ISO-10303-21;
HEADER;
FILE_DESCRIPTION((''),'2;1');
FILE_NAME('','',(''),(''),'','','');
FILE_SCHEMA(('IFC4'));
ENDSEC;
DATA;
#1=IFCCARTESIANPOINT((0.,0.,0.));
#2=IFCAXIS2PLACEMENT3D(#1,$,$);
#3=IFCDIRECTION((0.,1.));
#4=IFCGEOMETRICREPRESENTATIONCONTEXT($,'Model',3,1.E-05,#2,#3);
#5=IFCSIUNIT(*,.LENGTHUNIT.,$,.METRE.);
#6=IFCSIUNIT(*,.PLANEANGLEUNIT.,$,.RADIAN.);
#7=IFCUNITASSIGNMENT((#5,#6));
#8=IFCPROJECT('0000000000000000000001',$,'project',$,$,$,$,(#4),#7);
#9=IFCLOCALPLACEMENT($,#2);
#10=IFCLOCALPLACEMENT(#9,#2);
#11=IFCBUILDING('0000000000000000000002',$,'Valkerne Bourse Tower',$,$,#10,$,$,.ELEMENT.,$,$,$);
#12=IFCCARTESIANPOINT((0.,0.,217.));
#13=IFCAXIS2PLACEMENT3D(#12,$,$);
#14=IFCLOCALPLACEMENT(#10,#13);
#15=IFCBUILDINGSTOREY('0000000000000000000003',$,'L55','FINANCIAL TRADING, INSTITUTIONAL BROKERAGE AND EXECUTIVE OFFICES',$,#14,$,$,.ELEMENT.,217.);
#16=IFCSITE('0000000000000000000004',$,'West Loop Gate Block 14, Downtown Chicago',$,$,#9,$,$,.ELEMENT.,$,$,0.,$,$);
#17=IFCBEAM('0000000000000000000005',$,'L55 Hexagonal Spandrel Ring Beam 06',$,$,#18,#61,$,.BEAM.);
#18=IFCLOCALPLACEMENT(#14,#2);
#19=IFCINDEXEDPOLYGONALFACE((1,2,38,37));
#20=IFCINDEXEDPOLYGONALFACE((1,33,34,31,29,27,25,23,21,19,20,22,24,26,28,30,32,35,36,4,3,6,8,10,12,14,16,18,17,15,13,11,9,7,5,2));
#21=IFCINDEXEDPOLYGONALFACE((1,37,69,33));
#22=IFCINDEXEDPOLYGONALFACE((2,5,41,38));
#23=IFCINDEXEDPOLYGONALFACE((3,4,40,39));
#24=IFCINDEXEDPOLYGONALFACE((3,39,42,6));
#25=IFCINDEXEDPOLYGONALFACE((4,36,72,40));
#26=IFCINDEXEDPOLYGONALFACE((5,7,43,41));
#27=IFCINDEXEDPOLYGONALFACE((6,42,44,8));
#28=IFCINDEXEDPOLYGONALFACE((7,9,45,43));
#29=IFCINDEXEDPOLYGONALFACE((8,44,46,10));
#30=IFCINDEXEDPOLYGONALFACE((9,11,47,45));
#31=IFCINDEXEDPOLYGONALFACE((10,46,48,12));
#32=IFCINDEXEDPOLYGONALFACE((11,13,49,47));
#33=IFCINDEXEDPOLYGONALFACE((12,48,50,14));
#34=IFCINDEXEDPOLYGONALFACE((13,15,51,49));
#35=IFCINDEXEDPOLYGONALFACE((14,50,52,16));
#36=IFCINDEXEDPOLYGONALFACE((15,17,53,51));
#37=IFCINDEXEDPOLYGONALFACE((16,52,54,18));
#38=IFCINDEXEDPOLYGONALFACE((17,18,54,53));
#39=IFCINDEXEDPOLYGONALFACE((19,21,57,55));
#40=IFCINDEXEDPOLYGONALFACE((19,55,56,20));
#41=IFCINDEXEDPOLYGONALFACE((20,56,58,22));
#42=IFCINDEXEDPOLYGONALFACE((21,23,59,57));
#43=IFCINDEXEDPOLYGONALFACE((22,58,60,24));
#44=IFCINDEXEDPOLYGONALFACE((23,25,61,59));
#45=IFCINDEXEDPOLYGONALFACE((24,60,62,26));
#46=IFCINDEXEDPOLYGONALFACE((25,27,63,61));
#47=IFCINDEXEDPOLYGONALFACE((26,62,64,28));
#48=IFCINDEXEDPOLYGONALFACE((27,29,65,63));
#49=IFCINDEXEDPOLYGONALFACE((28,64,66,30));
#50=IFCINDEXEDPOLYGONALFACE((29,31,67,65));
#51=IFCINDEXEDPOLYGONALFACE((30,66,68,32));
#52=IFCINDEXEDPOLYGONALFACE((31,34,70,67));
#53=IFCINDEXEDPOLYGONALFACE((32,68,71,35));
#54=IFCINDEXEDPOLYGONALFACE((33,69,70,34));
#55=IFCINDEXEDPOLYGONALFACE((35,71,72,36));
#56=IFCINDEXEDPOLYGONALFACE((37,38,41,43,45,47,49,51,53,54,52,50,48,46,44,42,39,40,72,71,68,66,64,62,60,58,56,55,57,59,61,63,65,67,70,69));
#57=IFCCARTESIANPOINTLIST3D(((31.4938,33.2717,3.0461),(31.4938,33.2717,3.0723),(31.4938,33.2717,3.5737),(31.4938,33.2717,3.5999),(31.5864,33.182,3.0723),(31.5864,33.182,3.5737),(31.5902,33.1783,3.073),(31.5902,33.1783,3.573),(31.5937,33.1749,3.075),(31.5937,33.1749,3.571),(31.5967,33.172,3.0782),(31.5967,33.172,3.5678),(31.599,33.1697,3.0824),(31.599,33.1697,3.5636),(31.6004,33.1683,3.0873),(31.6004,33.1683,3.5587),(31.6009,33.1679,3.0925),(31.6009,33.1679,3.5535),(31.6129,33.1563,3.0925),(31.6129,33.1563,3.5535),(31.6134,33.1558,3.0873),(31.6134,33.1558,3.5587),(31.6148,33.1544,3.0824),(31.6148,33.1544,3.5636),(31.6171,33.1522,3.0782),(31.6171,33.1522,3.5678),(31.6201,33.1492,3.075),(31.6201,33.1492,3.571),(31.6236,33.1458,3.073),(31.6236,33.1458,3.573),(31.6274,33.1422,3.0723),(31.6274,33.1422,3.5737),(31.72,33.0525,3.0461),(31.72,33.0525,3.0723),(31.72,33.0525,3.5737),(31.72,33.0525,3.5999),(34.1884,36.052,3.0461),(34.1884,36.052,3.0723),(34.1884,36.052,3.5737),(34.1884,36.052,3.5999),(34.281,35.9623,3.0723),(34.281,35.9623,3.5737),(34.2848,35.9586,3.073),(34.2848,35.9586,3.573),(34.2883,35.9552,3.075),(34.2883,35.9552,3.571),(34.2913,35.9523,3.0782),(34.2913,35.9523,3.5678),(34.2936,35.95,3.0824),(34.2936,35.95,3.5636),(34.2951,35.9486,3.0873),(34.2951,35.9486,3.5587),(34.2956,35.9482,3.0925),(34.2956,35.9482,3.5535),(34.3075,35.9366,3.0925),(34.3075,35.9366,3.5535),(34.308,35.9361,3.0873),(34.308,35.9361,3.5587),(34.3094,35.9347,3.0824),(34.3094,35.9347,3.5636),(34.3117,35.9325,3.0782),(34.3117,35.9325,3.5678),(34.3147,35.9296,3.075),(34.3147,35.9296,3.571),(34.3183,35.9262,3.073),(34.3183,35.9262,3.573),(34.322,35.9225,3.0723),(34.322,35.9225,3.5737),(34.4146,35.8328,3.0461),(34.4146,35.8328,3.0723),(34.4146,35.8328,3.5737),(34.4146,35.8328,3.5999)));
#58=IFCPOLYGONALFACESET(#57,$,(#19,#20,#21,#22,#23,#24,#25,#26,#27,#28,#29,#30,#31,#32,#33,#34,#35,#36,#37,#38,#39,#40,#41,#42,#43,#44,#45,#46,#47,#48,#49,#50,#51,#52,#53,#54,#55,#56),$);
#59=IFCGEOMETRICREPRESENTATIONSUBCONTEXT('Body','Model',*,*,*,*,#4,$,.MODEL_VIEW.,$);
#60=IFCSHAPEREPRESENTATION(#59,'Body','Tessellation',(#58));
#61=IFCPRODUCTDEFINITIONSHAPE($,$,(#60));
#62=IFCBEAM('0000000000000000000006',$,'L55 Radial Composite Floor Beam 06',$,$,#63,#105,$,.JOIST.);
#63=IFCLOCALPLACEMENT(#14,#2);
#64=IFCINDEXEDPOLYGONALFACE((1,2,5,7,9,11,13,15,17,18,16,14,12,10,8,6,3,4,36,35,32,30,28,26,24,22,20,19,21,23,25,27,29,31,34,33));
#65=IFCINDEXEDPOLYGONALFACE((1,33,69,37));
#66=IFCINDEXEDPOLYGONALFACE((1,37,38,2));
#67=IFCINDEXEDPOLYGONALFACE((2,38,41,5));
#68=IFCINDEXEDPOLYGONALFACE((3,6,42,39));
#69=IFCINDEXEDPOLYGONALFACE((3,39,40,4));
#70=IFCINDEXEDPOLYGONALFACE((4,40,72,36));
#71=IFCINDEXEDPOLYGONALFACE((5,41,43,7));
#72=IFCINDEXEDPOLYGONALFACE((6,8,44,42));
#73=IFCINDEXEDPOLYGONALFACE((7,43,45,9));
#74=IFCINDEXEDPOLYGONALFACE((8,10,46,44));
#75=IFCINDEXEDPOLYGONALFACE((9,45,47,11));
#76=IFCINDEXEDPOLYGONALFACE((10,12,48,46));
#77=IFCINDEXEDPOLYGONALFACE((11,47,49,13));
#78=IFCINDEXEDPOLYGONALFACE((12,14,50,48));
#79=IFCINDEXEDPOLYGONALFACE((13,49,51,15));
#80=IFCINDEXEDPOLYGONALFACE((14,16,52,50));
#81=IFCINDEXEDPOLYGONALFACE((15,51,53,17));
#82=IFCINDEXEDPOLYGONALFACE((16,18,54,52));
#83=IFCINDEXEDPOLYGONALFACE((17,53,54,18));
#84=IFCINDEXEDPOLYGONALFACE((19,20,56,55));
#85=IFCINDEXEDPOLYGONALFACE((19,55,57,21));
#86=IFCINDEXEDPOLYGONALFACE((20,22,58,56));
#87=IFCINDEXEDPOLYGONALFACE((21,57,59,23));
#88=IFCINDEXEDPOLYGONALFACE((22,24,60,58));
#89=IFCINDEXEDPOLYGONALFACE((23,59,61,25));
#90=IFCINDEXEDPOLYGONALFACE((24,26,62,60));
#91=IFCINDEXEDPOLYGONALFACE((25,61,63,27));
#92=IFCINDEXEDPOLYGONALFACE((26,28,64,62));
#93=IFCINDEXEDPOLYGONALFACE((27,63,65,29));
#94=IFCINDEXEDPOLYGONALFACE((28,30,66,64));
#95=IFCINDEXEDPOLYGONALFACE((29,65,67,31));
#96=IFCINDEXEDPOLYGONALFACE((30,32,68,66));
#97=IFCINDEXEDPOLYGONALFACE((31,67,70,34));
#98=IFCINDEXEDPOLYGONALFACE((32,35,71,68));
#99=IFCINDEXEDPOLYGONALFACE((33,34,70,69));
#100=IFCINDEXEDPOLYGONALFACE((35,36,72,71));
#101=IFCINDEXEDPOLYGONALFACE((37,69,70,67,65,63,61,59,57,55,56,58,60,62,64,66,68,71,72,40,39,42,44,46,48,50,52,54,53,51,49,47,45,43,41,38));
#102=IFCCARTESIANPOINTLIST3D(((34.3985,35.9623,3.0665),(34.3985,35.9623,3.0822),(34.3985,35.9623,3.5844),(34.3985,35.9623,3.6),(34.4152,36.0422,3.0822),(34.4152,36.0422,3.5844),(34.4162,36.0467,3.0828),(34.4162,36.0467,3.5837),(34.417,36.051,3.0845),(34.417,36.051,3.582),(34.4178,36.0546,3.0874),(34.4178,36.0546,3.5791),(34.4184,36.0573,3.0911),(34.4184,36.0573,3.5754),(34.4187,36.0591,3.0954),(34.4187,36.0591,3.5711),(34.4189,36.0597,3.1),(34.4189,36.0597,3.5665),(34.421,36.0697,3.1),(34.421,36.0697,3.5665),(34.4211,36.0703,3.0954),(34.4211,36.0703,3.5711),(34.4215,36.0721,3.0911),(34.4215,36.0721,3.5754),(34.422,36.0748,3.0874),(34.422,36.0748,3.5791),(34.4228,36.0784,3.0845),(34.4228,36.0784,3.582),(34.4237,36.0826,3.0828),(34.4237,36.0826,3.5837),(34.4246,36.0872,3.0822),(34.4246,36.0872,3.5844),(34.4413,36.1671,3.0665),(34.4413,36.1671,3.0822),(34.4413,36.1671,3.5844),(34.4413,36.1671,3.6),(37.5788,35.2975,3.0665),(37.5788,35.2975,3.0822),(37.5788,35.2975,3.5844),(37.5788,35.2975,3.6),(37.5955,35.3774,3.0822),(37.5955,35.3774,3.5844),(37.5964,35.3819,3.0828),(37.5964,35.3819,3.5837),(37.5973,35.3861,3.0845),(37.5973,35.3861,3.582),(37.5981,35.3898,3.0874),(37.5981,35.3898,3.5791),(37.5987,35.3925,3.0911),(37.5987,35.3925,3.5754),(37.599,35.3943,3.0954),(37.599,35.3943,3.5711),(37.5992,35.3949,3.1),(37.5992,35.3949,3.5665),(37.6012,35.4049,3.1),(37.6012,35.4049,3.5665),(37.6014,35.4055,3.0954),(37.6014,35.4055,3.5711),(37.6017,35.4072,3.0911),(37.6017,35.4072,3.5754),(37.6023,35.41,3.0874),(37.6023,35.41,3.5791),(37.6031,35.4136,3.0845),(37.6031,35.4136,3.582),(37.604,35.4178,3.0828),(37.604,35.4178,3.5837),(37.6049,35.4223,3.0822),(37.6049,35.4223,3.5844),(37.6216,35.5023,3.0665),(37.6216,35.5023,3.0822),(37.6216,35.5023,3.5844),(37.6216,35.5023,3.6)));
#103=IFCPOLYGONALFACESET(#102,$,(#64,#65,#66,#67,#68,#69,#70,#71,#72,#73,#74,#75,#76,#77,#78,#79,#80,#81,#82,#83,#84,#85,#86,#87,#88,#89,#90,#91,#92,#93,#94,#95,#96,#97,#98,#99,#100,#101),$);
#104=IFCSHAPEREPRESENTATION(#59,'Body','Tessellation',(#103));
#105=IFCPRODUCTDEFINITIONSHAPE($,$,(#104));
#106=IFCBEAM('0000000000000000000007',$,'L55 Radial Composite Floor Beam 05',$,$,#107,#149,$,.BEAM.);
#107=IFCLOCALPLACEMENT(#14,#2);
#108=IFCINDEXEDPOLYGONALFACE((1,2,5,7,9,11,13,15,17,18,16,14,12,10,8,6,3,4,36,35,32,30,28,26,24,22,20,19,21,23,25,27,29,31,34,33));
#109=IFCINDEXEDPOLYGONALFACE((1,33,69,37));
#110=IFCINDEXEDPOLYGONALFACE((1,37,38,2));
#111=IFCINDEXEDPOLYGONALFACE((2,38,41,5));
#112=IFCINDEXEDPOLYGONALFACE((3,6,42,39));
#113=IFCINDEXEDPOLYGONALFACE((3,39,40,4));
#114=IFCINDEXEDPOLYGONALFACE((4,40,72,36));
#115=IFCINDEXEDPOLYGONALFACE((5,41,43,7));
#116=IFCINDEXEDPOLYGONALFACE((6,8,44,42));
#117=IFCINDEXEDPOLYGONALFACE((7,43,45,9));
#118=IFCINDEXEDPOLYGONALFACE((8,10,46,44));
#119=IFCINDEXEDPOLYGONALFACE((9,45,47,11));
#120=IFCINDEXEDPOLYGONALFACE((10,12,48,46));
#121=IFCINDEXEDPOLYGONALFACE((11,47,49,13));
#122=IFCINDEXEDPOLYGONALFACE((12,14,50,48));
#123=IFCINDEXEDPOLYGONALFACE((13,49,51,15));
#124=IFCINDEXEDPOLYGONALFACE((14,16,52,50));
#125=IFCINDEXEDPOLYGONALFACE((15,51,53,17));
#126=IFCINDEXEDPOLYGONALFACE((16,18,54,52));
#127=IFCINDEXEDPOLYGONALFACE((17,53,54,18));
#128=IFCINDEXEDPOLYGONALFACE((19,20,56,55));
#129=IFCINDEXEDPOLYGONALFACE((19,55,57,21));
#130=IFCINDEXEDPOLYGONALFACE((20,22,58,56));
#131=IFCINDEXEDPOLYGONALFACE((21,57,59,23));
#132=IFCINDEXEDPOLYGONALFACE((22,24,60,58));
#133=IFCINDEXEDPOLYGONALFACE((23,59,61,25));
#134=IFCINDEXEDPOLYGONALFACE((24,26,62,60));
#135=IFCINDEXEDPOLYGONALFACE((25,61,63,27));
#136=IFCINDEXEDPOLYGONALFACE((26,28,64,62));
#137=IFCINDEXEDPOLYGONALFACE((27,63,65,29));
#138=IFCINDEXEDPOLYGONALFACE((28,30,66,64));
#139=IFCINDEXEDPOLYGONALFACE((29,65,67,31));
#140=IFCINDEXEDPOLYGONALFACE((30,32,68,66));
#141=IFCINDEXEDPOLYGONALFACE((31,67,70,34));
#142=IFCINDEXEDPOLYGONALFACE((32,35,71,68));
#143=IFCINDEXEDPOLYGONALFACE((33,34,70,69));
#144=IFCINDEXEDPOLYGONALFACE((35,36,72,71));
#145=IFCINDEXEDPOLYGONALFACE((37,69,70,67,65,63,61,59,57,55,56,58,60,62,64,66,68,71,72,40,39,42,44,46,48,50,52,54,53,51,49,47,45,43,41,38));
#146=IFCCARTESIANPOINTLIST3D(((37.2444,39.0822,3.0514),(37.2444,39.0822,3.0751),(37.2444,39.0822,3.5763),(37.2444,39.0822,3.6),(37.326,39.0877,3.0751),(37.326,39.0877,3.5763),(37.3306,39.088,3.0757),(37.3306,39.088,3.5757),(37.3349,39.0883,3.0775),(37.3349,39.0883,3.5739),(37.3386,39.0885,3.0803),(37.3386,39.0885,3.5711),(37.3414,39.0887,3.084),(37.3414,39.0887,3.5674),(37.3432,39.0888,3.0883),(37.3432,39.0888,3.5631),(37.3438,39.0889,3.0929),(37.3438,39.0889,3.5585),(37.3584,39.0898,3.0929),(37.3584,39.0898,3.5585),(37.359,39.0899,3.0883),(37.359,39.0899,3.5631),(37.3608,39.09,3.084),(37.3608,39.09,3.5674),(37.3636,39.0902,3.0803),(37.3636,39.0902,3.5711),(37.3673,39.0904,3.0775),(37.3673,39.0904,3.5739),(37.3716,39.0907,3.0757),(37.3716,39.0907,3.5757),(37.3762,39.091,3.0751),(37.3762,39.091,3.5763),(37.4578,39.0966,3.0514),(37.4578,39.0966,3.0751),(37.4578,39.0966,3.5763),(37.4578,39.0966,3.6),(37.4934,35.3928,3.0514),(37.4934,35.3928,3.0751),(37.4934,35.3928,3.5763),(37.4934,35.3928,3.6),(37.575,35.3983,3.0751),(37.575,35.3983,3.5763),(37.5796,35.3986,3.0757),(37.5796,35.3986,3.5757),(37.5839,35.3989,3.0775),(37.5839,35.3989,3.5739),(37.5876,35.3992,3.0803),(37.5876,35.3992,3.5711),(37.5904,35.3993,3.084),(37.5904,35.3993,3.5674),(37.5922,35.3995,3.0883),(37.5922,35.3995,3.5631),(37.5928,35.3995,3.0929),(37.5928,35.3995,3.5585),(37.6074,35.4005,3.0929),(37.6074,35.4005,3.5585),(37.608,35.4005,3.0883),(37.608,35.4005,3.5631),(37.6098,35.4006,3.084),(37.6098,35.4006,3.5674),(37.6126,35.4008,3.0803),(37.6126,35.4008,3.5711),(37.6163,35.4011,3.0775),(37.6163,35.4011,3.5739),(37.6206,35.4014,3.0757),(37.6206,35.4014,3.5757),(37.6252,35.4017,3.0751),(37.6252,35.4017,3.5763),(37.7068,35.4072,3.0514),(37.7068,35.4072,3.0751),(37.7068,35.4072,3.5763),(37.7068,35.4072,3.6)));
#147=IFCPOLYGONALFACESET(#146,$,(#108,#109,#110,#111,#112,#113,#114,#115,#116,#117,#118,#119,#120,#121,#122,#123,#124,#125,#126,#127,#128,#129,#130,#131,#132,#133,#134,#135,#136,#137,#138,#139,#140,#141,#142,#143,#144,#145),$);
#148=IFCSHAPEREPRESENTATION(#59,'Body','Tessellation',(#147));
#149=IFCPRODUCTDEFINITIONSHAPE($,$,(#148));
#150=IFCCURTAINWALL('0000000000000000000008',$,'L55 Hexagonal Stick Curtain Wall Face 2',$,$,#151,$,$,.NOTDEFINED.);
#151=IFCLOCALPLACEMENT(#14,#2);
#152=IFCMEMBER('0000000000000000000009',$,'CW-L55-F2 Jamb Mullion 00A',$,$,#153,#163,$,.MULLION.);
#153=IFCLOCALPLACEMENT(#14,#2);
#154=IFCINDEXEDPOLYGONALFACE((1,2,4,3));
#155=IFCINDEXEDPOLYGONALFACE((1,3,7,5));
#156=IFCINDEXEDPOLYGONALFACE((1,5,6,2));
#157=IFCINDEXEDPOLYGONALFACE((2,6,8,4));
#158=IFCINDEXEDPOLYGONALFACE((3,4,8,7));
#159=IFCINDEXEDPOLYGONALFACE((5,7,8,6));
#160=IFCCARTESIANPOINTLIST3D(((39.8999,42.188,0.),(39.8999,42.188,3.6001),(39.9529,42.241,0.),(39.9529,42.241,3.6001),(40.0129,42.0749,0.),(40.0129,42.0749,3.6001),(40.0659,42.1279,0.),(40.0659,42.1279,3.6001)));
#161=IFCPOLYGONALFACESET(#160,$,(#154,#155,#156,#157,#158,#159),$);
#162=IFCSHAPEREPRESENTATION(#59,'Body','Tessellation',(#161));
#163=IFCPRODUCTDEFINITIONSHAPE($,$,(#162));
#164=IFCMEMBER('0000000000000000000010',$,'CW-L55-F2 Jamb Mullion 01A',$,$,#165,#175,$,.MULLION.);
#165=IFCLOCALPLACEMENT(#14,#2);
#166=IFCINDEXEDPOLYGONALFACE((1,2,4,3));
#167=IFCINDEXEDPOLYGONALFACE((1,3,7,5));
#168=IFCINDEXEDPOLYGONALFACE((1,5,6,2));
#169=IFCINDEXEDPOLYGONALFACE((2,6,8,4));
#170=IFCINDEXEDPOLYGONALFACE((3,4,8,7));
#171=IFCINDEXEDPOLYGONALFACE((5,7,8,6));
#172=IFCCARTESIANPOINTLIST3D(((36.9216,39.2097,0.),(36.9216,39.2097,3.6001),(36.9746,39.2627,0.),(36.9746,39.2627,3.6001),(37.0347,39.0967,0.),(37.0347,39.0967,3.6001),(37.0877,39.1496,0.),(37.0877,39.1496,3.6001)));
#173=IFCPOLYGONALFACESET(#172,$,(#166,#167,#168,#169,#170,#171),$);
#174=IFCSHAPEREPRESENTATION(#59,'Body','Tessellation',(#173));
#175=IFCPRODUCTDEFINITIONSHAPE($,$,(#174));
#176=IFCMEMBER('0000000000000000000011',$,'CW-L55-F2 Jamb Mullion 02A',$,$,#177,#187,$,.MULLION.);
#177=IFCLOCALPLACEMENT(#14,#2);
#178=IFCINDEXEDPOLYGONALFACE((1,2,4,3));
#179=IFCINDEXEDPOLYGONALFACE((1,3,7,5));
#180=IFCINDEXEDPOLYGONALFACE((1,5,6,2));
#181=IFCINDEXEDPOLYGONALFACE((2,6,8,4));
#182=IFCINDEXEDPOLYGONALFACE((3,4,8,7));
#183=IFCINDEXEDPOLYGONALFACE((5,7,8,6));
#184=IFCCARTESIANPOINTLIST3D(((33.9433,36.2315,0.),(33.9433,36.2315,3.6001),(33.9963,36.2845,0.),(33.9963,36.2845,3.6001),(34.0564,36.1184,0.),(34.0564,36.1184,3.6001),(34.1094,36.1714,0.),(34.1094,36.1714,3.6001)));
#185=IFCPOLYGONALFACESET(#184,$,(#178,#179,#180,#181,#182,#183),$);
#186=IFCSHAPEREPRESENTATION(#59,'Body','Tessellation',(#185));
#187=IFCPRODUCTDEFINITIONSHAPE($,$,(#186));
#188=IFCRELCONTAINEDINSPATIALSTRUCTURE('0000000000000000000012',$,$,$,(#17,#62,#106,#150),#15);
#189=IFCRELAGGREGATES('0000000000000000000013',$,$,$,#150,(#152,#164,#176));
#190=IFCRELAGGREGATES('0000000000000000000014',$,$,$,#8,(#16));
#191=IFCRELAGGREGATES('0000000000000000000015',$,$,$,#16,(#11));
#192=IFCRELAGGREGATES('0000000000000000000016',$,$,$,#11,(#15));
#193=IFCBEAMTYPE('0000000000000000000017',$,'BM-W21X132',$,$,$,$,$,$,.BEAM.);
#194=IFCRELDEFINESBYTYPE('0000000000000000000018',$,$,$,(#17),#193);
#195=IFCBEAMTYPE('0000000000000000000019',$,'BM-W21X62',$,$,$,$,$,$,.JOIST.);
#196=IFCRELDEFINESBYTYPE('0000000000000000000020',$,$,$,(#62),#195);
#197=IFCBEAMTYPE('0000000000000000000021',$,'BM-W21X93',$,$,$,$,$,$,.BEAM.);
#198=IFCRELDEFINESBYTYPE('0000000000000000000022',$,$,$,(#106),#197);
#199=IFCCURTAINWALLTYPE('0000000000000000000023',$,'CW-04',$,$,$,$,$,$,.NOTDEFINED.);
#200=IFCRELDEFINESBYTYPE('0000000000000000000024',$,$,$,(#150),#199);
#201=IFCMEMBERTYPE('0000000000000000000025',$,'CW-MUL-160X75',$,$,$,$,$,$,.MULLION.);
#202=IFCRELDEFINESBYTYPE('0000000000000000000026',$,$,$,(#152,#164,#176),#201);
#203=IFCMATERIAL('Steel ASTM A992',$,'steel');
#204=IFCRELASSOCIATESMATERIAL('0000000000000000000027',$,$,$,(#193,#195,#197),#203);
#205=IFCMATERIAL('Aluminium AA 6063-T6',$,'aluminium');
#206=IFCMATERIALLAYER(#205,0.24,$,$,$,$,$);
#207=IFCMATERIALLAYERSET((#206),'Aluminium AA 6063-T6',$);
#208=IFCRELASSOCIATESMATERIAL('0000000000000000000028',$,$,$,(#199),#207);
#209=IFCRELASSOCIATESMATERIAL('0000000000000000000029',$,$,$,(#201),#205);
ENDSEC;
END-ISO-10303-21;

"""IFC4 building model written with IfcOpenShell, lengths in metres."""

from ifc_helpers import new_model, si_unit, direction, frame, origin, origin_2d, place, context, subcontext, project, spatial, rectangle, i_section, extrude, material, layer, layer_set, material_profile, profile_set, type_object, element, aggregate, save


model = new_model("IFC4")

# Units and contexts
model_context = context("Model", 3, precision=1e-05, world=origin(), true_north=direction((0.0, 1.0)))
body_context = subcontext(model_context, "Body", "Model", "MODEL_VIEW")
ifc_project = project(units=[si_unit("LENGTHUNIT", "METRE"), si_unit("PLANEANGLEUNIT", "RADIAN")], contexts=[model_context])

# Site, building, storey
site_placement = place(None, origin())
site = spatial("IfcSite", under=ifc_project, at=site_placement, Name="West Loop Gate Block 14, Downtown Chicago", CompositionType="ELEMENT", RefElevation=0.0)
building_placement = place(site_placement, origin())
building = spatial("IfcBuilding", under=site, at=building_placement, Name="Valkerne Bourse Tower", CompositionType="ELEMENT")
storey_placement = place(building_placement, frame((0.0, 0.0, 217.0)))
storey = spatial("IfcBuildingStorey", under=building, at=storey_placement, Name="L55", Description="FINANCIAL TRADING, INSTITUTIONAL BROKERAGE AND EXECUTIVE OFFICES", CompositionType="ELEMENT", Elevation=217.0)

# Beams
ifc_material_1 = material(Name="Steel ASTM A992", Category="steel")
ifc_material_profile_1 = material_profile(ifc_material_1, i_section(OverallWidth=0.3149, OverallDepth=0.5537, WebThickness=0.0166, FlangeThickness=0.0261, FilletRadius=0.0203, at=origin_2d()), Name="W21X132")
ifc_profile_set_1 = profile_set([ifc_material_profile_1], Name="Steel ASTM A992")
beam_type_1 = type_object("IfcBeamType", Name="BM-W21X132", PredefinedType="BEAM", material=ifc_profile_set_1)
beam_1_placement = place(storey_placement, frame((34.3015, 35.9424, 3.323), z_axis=(-0.695954, -0.718087, 0.0), x_axis=(0.718087, -0.695954, 0.0)))
element("IfcBeam", 1, at=beam_1_placement, inside=storey, type_object=beam_type_1, Name="L55 Hexagonal Spandrel Ring Beam 06", PredefinedType="BEAM", context=body_context, shape_type="SweptSolid", body=[
    extrude(i_section(OverallWidth=0.3149, OverallDepth=0.5537, WebThickness=0.0166, FlangeThickness=0.0261, FilletRadius=0.0203, at=origin_2d()), origin(), (0.0, 0.0, 1.0), 3.8718),
])
ifc_material_profile_2 = material_profile(ifc_material_1, i_section(OverallWidth=0.2092, OverallDepth=0.5334, WebThickness=0.0103, FlangeThickness=0.0156, FilletRadius=0.0178, at=origin_2d()), Name="W21X62")
ifc_profile_set_2 = profile_set([ifc_material_profile_2], Name="Steel ASTM A992")
beam_type_2 = type_object("IfcBeamType", Name="BM-W21X62", PredefinedType="JOIST", material=ifc_profile_set_2)
beam_2_placement = place(storey_placement, frame((34.4199, 36.0647, 3.3333), z_axis=(0.978841, -0.20462, 0.0), x_axis=(0.20462, 0.978841, 0.0)))
element("IfcBeam", 2, at=beam_2_placement, inside=storey, type_object=beam_type_2, Name="L55 Radial Composite Floor Beam 06", PredefinedType="JOIST", context=body_context, shape_type="SweptSolid", body=[
    extrude(i_section(OverallWidth=0.2092, OverallDepth=0.5334, WebThickness=0.0103, FlangeThickness=0.0156, FilletRadius=0.0178, at=origin_2d()), origin(), (0.0, 0.0, 1.0), 3.249),
])
ifc_material_profile_3 = material_profile(ifc_material_1, i_section(OverallWidth=0.2139, OverallDepth=0.5486, WebThickness=0.0146, FlangeThickness=0.0237, FilletRadius=0.0178, at=origin_2d()), Name="W21X93")
ifc_profile_set_3 = profile_set([ifc_material_profile_3], Name="Steel ASTM A992")
beam_type_3 = type_object("IfcBeamType", Name="BM-W21X93", PredefinedType="BEAM", material=ifc_profile_set_3)
beam_3_placement = place(storey_placement, frame((37.3511, 39.0894, 3.3257), z_axis=(0.067343, -0.99773, 0.0), x_axis=(0.99773, 0.067343, 0.0)))
element("IfcBeam", 3, at=beam_3_placement, inside=storey, type_object=beam_type_3, Name="L55 Radial Composite Floor Beam 05", PredefinedType="BEAM", context=body_context, shape_type="SweptSolid", body=[
    extrude(i_section(OverallWidth=0.2139, OverallDepth=0.5486, WebThickness=0.0146, FlangeThickness=0.0237, FilletRadius=0.0178, at=origin_2d()), origin(), (0.0, 0.0, 1.0), 3.6978),
])

# Curtain wall, members
ifc_material_2 = material(Name="Aluminium AA 6063-T6", Category="aluminium")
ifc_layer_1 = layer(ifc_material_2, 0.24)
ifc_layer_set_1 = layer_set([ifc_layer_1], Name="Aluminium AA 6063-T6")
curtain_wall_type = type_object("IfcCurtainWallType", Name="CW-04", PredefinedType="NOTDEFINED", material=ifc_layer_set_1)
curtain_wall_placement = place(storey_placement, origin())
curtain_wall = element("IfcCurtainWall", 4, at=curtain_wall_placement, inside=storey, type_object=curtain_wall_type, Name="L55 Hexagonal Stick Curtain Wall Face 2", PredefinedType="NOTDEFINED")
ifc_material_profile_4 = material_profile(ifc_material_2, rectangle(XDim=0.075, YDim=0.1599, at=origin_2d()), Name="CWM-75X160")
ifc_profile_set_4 = profile_set([ifc_material_profile_4], Name="Aluminium AA 6063-T6")
member_type_1 = type_object("IfcMemberType", Name="CW-MUL-160X75", PredefinedType="MULLION", material=ifc_profile_set_4)
member_1_placement = place(storey_placement, frame((39.9829, 42.158, 0.0), z_axis=(0.0, 0.0, 1.0), x_axis=(-0.707119, -0.707095, 0.0)))
member_1 = element("IfcMember", 5, at=member_1_placement, type_object=member_type_1, Name="CW-L55-F2 Jamb Mullion 00A", PredefinedType="MULLION", context=body_context, shape_type="SweptSolid", body=[
    extrude(rectangle(XDim=0.075, YDim=0.1599, at=origin_2d()), origin(), (0.0, 0.0, 1.0), 3.6001),
])
member_2_placement = place(storey_placement, frame((37.0046, 39.1797, 0.0), z_axis=(0.0, 0.0, 1.0), x_axis=(-0.707107, -0.707107, 0.0)))
member_2 = element("IfcMember", 6, at=member_2_placement, type_object=member_type_1, Name="CW-L55-F2 Jamb Mullion 01A", PredefinedType="MULLION", context=body_context, shape_type="SweptSolid", body=[
    extrude(rectangle(XDim=0.075, YDim=0.1599, at=origin_2d()), origin(), (0.0, 0.0, 1.0), 3.6001),
])
member_3_placement = place(storey_placement, frame((34.0264, 36.2014, 0.0), z_axis=(0.0, 0.0, 1.0), x_axis=(-0.707095, -0.707119, 0.0)))
member_3 = element("IfcMember", 7, at=member_3_placement, type_object=member_type_1, Name="CW-L55-F2 Jamb Mullion 02A", PredefinedType="MULLION", context=body_context, shape_type="SweptSolid", body=[
    extrude(rectangle(XDim=0.075, YDim=0.1599, at=origin_2d()), origin(), (0.0, 0.0, 1.0), 3.6001),
])

aggregate(curtain_wall, [member_1, member_2, member_3])

save(model, "model.ifc")
